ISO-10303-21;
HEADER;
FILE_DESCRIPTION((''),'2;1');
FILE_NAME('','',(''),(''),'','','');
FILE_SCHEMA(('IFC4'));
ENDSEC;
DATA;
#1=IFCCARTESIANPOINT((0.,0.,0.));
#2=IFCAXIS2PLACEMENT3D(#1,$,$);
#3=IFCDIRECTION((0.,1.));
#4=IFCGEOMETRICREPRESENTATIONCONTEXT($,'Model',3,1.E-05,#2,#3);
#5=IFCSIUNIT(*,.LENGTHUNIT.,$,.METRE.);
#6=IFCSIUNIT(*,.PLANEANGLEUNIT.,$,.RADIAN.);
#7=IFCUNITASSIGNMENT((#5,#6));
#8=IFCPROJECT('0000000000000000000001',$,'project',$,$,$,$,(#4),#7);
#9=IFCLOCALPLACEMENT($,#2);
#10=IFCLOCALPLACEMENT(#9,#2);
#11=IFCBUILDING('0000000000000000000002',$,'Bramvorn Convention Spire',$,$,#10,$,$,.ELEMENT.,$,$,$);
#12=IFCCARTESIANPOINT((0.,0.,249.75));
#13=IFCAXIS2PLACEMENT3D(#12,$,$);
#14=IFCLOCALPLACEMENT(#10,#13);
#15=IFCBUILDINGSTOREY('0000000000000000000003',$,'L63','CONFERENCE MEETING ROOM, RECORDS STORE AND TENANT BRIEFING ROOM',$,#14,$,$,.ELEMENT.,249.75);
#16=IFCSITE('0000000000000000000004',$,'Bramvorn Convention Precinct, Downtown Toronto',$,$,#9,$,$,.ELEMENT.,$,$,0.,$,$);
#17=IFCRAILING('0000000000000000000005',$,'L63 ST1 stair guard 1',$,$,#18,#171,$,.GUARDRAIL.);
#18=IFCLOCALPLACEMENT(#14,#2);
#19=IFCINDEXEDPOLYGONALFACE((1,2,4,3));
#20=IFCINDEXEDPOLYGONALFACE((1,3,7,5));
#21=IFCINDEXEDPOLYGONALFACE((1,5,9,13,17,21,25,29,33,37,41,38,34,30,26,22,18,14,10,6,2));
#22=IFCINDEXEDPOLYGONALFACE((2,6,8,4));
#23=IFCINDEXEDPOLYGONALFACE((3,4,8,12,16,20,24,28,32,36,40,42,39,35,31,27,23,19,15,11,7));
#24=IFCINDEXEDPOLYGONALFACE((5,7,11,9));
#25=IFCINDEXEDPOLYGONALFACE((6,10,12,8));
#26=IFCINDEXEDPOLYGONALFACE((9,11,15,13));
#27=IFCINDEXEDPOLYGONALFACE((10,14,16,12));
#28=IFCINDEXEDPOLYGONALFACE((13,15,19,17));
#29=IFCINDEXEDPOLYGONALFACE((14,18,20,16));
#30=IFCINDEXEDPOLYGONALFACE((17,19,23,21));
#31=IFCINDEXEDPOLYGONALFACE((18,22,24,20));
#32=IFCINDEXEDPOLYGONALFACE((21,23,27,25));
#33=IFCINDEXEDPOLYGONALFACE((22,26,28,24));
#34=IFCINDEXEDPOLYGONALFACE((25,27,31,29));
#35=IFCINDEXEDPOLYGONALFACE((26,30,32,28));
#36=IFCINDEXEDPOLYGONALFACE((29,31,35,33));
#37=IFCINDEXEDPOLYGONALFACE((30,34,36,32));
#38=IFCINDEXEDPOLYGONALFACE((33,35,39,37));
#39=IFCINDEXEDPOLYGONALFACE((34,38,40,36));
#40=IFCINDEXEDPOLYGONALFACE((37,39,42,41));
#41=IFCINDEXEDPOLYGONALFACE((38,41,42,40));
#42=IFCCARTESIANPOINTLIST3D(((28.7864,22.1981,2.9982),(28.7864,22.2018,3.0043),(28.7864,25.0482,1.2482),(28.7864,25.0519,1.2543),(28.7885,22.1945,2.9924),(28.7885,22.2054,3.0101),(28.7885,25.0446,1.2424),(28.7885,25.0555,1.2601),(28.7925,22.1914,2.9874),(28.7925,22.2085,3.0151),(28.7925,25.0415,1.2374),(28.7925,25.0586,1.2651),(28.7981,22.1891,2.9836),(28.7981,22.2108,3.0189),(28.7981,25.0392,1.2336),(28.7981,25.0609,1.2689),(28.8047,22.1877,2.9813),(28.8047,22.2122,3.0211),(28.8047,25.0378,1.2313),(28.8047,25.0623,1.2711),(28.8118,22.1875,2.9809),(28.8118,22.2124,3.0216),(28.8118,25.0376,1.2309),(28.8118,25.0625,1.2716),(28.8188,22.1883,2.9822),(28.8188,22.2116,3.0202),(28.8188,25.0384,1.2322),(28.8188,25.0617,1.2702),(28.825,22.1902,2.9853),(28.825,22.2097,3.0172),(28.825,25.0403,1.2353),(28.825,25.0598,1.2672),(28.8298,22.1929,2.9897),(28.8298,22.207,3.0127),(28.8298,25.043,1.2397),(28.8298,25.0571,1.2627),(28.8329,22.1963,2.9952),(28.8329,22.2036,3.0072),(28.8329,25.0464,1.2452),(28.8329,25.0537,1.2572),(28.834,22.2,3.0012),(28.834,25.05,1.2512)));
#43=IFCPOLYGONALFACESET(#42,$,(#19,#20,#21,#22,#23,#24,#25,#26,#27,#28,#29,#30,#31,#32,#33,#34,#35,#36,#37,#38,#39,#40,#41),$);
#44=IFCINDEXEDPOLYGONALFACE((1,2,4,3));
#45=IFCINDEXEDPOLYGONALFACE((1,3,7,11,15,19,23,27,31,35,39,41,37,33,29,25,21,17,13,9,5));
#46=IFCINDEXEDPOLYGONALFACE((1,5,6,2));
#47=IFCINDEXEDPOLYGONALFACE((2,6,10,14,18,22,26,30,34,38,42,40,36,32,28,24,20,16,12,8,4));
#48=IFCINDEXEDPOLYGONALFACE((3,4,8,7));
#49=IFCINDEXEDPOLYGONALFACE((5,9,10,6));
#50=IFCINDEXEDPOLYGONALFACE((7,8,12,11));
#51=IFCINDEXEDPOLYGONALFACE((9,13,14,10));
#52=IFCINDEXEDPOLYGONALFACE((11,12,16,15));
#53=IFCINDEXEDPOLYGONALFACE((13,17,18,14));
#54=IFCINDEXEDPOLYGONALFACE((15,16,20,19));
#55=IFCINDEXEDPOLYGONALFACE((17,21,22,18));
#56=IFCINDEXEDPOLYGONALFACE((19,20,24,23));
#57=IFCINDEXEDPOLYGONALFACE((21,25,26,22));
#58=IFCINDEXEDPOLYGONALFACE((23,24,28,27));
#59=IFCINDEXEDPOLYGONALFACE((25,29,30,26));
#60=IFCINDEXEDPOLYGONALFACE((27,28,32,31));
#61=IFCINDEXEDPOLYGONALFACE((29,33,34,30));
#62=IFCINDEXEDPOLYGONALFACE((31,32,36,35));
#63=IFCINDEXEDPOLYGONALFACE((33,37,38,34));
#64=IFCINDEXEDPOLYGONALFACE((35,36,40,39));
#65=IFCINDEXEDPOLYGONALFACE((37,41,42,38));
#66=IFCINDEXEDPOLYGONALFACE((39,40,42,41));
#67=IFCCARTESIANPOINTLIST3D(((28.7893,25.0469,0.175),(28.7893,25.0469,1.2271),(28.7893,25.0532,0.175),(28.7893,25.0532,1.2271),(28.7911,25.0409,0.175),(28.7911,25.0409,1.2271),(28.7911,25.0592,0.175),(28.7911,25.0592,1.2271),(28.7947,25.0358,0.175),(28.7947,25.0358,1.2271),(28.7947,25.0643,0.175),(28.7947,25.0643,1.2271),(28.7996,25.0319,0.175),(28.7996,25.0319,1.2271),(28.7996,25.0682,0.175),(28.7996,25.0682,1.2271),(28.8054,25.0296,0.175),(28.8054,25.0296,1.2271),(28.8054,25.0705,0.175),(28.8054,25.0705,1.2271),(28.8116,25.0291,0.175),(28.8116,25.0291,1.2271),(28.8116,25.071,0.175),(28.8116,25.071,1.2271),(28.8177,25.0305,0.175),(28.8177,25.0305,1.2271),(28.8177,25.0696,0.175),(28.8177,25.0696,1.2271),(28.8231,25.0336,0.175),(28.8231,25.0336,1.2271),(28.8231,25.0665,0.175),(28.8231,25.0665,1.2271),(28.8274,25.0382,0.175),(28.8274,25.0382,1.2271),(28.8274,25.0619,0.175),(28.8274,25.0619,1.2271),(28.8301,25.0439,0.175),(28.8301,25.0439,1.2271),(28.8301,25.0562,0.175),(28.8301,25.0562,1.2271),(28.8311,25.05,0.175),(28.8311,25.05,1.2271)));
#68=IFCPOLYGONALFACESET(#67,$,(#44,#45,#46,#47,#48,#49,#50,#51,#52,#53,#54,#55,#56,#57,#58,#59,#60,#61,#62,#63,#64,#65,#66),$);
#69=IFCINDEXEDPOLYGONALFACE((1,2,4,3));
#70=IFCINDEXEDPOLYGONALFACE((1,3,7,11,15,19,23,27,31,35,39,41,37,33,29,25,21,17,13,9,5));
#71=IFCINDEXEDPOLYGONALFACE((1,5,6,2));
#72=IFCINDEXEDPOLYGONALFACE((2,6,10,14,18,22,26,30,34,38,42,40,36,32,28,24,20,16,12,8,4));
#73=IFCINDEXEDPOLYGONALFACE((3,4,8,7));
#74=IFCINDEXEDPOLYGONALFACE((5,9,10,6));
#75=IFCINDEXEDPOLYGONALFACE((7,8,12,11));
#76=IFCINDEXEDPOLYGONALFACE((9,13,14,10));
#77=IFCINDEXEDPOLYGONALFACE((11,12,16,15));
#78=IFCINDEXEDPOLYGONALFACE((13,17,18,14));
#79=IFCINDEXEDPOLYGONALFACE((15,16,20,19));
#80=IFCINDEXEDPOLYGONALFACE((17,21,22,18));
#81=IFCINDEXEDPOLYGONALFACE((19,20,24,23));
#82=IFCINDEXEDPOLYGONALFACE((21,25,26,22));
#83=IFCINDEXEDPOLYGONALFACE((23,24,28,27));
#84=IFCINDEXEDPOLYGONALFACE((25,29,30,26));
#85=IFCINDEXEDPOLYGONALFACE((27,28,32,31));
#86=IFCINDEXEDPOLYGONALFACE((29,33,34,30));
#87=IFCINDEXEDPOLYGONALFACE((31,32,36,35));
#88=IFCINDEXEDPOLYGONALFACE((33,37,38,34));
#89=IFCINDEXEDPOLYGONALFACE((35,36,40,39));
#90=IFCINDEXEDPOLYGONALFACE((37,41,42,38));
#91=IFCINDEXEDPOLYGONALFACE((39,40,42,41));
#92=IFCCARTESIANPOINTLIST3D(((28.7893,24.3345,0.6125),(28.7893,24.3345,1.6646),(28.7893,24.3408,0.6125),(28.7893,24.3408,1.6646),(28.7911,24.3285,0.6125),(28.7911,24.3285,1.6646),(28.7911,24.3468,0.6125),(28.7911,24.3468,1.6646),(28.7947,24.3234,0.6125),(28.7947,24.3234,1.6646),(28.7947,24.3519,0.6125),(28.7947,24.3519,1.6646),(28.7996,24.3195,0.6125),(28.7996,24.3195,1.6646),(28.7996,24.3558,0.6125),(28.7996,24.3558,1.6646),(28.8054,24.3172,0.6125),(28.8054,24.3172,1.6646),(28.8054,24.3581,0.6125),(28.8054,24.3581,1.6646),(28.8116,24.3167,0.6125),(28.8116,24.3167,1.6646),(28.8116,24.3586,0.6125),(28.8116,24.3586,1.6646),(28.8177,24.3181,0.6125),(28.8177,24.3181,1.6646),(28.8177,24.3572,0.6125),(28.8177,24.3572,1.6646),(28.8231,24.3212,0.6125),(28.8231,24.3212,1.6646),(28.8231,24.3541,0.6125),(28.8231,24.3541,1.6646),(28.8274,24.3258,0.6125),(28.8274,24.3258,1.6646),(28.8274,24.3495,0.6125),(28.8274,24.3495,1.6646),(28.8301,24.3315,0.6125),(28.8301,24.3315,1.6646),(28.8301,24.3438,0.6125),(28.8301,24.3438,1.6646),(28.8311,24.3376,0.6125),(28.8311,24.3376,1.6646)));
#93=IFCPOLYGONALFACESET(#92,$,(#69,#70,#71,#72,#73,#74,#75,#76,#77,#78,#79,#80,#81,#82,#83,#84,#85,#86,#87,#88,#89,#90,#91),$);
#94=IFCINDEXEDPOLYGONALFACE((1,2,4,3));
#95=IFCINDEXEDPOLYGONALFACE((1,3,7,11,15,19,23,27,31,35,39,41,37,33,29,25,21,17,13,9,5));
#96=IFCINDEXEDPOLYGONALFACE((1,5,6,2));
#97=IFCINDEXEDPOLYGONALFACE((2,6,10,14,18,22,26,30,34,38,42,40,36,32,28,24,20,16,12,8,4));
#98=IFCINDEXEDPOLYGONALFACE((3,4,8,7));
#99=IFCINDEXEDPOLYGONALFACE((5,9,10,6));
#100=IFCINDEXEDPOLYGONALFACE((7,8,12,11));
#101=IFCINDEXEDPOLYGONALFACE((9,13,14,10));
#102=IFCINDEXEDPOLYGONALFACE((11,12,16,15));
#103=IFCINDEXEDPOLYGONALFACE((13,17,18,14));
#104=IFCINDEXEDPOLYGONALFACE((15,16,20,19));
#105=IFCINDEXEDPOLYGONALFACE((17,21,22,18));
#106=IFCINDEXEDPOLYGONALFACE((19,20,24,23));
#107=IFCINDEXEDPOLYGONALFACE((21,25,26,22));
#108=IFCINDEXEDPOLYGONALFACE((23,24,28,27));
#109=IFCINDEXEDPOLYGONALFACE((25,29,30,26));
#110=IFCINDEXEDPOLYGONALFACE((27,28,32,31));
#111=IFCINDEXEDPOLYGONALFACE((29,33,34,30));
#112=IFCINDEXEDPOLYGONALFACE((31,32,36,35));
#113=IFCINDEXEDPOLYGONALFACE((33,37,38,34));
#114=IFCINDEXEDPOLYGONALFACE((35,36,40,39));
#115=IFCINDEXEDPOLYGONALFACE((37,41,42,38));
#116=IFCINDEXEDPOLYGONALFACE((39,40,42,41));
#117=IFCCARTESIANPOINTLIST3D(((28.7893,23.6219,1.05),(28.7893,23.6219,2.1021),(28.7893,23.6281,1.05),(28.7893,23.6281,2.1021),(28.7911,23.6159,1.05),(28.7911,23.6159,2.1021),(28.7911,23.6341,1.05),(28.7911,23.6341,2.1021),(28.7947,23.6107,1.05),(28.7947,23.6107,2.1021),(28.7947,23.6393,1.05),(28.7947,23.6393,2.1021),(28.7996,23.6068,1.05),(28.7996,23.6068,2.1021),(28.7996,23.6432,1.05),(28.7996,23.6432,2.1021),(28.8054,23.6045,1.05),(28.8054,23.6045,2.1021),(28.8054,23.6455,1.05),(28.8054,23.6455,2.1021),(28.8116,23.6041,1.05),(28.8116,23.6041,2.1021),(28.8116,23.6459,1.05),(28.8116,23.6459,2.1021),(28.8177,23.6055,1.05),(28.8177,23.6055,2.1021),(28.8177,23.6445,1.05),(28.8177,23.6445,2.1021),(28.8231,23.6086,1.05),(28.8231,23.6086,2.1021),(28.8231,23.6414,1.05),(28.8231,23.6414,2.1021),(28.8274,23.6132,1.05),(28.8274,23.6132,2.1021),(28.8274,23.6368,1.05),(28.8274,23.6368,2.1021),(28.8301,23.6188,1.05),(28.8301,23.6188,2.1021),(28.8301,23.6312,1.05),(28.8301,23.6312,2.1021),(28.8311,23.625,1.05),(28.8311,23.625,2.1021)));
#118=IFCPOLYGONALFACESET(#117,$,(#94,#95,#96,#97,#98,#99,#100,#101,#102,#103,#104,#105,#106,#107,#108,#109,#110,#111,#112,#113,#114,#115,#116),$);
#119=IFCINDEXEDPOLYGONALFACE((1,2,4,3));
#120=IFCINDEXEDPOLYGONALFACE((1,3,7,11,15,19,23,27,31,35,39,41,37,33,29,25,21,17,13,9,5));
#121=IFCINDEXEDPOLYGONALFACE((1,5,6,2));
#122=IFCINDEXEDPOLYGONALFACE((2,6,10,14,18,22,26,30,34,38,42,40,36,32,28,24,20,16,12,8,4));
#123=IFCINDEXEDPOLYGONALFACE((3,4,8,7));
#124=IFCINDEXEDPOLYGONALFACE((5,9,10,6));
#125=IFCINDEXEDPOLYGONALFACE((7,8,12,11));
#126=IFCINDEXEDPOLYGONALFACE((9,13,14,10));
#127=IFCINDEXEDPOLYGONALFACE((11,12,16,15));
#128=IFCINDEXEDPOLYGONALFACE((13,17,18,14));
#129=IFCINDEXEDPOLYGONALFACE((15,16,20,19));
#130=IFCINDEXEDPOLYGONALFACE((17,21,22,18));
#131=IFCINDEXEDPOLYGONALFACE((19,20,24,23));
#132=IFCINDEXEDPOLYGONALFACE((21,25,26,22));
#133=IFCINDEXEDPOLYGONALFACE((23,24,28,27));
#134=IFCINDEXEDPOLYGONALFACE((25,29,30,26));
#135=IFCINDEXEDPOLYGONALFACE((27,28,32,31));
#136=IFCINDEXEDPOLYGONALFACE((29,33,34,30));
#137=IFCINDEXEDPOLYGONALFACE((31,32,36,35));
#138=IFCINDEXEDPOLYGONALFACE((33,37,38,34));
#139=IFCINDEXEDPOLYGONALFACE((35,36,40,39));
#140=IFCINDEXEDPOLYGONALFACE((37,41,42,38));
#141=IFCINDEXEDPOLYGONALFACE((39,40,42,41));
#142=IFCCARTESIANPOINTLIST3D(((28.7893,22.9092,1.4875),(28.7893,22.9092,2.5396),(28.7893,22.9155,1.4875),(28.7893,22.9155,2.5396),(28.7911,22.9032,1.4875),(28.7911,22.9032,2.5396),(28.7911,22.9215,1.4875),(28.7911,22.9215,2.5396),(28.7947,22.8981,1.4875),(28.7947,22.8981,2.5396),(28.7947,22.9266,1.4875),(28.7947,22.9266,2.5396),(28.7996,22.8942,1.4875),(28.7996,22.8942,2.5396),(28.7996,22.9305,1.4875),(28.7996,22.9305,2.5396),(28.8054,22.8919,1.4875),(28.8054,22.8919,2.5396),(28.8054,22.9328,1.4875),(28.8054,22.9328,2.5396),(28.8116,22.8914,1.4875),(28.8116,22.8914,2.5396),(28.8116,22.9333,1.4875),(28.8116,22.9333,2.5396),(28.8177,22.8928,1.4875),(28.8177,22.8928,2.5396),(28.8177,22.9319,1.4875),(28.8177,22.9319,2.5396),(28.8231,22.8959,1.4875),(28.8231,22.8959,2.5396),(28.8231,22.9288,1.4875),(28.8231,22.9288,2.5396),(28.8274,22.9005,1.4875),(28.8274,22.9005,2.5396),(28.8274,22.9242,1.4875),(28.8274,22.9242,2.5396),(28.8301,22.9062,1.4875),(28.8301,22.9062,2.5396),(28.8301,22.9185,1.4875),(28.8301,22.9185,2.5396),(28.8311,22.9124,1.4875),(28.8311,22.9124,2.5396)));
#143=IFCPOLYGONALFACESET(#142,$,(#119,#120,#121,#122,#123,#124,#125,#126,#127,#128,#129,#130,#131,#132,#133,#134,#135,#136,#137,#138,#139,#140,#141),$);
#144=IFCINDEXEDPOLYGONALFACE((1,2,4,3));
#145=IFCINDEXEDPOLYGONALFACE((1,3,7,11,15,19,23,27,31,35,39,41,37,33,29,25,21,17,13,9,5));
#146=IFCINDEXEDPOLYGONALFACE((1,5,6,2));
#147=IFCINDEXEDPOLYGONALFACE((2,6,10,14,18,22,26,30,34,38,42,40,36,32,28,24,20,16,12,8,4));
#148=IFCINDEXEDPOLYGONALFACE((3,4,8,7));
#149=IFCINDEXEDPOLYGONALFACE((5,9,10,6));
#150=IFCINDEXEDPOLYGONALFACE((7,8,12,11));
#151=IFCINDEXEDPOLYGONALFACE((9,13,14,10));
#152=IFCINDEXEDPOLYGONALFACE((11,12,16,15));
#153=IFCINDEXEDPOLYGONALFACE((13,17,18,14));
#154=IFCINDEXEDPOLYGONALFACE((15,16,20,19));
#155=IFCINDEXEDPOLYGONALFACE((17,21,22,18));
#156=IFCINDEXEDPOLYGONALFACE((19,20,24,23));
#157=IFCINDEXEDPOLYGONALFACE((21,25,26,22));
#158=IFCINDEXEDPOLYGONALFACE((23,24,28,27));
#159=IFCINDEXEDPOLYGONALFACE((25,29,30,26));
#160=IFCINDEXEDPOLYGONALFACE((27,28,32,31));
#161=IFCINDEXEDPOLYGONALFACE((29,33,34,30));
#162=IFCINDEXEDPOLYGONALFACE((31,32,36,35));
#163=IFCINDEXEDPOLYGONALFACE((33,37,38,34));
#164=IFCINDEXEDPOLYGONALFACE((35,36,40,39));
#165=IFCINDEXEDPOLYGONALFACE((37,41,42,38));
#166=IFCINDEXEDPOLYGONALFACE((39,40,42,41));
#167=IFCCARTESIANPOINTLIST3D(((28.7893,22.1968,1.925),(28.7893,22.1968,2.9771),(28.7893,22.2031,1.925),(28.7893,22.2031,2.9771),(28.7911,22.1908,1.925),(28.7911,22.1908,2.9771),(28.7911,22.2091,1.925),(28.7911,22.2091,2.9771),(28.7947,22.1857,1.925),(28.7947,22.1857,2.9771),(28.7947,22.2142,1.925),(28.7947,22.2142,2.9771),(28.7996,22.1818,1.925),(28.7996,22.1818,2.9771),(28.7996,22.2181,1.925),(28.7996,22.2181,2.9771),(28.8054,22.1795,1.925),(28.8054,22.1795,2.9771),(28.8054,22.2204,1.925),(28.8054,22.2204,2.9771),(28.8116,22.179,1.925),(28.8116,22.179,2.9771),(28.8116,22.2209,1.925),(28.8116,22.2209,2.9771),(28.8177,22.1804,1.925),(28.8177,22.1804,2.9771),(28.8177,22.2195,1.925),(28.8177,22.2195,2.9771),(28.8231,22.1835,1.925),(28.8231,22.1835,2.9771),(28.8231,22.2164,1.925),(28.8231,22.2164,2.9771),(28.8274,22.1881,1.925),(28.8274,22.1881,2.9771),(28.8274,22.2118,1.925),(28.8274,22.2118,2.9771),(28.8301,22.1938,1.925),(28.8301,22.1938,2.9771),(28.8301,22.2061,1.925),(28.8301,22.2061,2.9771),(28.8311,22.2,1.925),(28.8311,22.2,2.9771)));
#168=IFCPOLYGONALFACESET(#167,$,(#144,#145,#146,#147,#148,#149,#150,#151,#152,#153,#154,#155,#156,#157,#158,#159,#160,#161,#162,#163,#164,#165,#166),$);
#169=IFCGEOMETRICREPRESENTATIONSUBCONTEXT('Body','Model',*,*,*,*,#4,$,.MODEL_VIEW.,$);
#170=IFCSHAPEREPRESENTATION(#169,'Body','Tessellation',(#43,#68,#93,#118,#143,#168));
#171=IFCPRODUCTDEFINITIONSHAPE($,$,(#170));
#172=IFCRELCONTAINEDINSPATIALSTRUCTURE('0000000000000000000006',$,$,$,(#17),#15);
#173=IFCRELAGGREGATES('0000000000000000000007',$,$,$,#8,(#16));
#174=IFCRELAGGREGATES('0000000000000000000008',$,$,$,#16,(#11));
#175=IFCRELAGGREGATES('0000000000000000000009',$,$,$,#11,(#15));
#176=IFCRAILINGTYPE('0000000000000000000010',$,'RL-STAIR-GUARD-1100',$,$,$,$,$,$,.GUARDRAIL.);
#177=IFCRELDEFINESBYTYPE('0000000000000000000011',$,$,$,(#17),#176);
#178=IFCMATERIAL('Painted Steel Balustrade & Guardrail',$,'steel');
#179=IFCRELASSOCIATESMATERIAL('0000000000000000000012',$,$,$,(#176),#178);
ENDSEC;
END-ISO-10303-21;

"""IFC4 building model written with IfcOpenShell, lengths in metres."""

from ifc_helpers import new_model, si_unit, direction, frame, origin, origin_2d, place, context, subcontext, project, spatial, circle, extrude, material, type_object, element, save


model = new_model("IFC4")

# Units and contexts
model_context = context("Model", 3, precision=1e-05, world=origin(), true_north=direction((0.0, 1.0)))
body_context = subcontext(model_context, "Body", "Model", "MODEL_VIEW")
ifc_project = project(units=[si_unit("LENGTHUNIT", "METRE"), si_unit("PLANEANGLEUNIT", "RADIAN")], contexts=[model_context])

# Site, building, storey
site_placement = place(None, origin())
site = spatial("IfcSite", under=ifc_project, at=site_placement, Name="Bramvorn Convention Precinct, Downtown Toronto", CompositionType="ELEMENT", RefElevation=0.0)
building_placement = place(site_placement, origin())
building = spatial("IfcBuilding", under=site, at=building_placement, Name="Bramvorn Convention Spire", CompositionType="ELEMENT")
storey_placement = place(building_placement, frame((0.0, 0.0, 249.75)))
storey = spatial("IfcBuildingStorey", under=building, at=storey_placement, Name="L63", Description="CONFERENCE MEETING ROOM, RECORDS STORE AND TENANT BRIEFING ROOM", CompositionType="ELEMENT", Elevation=249.75)

# Railing
ifc_material_1 = material(Name="Painted Steel Balustrade & Guardrail", Category="steel")
railing_type_1 = type_object("IfcRailingType", Name="RL-STAIR-GUARD-1100", PredefinedType="GUARDRAIL", material=ifc_material_1)
railing_1_placement = place(storey_placement, frame((28.8101, 25.05, 0.175)))
element("IfcRailing", 1, at=railing_1_placement, inside=storey, type_object=railing_type_1, Name="L63 ST1 stair guard 1", PredefinedType="GUARDRAIL", context=body_context, shape_type="SweptSolid", body=[
    extrude(circle(Radius=0.0239, at=origin_2d()), frame((0.0, 0.0, 1.0762), z_axis=(0.0, -0.852179, 0.52325), x_axis=(1.0, 0.0, 0.0)), (0.0, 0.0, 1.0), 3.3445),
    extrude(circle(Radius=0.021, at=origin_2d()), origin(), (0.0, 0.0, 1.0), 1.052),
    extrude(circle(Radius=0.021, at=origin_2d()), frame((0.0, -0.7124, 0.4375)), (0.0, 0.0, 1.0), 1.052),
    extrude(circle(Radius=0.021, at=origin_2d()), frame((0.0, -1.425, 0.875)), (0.0, 0.0, 1.0), 1.052),
    extrude(circle(Radius=0.021, at=origin_2d()), frame((0.0, -2.1377, 1.3125)), (0.0, 0.0, 1.0), 1.052),
    extrude(circle(Radius=0.021, at=origin_2d()), frame((0.0, -2.8501, 1.75)), (0.0, 0.0, 1.0), 1.052),
])

save(model, "model.ifc")
